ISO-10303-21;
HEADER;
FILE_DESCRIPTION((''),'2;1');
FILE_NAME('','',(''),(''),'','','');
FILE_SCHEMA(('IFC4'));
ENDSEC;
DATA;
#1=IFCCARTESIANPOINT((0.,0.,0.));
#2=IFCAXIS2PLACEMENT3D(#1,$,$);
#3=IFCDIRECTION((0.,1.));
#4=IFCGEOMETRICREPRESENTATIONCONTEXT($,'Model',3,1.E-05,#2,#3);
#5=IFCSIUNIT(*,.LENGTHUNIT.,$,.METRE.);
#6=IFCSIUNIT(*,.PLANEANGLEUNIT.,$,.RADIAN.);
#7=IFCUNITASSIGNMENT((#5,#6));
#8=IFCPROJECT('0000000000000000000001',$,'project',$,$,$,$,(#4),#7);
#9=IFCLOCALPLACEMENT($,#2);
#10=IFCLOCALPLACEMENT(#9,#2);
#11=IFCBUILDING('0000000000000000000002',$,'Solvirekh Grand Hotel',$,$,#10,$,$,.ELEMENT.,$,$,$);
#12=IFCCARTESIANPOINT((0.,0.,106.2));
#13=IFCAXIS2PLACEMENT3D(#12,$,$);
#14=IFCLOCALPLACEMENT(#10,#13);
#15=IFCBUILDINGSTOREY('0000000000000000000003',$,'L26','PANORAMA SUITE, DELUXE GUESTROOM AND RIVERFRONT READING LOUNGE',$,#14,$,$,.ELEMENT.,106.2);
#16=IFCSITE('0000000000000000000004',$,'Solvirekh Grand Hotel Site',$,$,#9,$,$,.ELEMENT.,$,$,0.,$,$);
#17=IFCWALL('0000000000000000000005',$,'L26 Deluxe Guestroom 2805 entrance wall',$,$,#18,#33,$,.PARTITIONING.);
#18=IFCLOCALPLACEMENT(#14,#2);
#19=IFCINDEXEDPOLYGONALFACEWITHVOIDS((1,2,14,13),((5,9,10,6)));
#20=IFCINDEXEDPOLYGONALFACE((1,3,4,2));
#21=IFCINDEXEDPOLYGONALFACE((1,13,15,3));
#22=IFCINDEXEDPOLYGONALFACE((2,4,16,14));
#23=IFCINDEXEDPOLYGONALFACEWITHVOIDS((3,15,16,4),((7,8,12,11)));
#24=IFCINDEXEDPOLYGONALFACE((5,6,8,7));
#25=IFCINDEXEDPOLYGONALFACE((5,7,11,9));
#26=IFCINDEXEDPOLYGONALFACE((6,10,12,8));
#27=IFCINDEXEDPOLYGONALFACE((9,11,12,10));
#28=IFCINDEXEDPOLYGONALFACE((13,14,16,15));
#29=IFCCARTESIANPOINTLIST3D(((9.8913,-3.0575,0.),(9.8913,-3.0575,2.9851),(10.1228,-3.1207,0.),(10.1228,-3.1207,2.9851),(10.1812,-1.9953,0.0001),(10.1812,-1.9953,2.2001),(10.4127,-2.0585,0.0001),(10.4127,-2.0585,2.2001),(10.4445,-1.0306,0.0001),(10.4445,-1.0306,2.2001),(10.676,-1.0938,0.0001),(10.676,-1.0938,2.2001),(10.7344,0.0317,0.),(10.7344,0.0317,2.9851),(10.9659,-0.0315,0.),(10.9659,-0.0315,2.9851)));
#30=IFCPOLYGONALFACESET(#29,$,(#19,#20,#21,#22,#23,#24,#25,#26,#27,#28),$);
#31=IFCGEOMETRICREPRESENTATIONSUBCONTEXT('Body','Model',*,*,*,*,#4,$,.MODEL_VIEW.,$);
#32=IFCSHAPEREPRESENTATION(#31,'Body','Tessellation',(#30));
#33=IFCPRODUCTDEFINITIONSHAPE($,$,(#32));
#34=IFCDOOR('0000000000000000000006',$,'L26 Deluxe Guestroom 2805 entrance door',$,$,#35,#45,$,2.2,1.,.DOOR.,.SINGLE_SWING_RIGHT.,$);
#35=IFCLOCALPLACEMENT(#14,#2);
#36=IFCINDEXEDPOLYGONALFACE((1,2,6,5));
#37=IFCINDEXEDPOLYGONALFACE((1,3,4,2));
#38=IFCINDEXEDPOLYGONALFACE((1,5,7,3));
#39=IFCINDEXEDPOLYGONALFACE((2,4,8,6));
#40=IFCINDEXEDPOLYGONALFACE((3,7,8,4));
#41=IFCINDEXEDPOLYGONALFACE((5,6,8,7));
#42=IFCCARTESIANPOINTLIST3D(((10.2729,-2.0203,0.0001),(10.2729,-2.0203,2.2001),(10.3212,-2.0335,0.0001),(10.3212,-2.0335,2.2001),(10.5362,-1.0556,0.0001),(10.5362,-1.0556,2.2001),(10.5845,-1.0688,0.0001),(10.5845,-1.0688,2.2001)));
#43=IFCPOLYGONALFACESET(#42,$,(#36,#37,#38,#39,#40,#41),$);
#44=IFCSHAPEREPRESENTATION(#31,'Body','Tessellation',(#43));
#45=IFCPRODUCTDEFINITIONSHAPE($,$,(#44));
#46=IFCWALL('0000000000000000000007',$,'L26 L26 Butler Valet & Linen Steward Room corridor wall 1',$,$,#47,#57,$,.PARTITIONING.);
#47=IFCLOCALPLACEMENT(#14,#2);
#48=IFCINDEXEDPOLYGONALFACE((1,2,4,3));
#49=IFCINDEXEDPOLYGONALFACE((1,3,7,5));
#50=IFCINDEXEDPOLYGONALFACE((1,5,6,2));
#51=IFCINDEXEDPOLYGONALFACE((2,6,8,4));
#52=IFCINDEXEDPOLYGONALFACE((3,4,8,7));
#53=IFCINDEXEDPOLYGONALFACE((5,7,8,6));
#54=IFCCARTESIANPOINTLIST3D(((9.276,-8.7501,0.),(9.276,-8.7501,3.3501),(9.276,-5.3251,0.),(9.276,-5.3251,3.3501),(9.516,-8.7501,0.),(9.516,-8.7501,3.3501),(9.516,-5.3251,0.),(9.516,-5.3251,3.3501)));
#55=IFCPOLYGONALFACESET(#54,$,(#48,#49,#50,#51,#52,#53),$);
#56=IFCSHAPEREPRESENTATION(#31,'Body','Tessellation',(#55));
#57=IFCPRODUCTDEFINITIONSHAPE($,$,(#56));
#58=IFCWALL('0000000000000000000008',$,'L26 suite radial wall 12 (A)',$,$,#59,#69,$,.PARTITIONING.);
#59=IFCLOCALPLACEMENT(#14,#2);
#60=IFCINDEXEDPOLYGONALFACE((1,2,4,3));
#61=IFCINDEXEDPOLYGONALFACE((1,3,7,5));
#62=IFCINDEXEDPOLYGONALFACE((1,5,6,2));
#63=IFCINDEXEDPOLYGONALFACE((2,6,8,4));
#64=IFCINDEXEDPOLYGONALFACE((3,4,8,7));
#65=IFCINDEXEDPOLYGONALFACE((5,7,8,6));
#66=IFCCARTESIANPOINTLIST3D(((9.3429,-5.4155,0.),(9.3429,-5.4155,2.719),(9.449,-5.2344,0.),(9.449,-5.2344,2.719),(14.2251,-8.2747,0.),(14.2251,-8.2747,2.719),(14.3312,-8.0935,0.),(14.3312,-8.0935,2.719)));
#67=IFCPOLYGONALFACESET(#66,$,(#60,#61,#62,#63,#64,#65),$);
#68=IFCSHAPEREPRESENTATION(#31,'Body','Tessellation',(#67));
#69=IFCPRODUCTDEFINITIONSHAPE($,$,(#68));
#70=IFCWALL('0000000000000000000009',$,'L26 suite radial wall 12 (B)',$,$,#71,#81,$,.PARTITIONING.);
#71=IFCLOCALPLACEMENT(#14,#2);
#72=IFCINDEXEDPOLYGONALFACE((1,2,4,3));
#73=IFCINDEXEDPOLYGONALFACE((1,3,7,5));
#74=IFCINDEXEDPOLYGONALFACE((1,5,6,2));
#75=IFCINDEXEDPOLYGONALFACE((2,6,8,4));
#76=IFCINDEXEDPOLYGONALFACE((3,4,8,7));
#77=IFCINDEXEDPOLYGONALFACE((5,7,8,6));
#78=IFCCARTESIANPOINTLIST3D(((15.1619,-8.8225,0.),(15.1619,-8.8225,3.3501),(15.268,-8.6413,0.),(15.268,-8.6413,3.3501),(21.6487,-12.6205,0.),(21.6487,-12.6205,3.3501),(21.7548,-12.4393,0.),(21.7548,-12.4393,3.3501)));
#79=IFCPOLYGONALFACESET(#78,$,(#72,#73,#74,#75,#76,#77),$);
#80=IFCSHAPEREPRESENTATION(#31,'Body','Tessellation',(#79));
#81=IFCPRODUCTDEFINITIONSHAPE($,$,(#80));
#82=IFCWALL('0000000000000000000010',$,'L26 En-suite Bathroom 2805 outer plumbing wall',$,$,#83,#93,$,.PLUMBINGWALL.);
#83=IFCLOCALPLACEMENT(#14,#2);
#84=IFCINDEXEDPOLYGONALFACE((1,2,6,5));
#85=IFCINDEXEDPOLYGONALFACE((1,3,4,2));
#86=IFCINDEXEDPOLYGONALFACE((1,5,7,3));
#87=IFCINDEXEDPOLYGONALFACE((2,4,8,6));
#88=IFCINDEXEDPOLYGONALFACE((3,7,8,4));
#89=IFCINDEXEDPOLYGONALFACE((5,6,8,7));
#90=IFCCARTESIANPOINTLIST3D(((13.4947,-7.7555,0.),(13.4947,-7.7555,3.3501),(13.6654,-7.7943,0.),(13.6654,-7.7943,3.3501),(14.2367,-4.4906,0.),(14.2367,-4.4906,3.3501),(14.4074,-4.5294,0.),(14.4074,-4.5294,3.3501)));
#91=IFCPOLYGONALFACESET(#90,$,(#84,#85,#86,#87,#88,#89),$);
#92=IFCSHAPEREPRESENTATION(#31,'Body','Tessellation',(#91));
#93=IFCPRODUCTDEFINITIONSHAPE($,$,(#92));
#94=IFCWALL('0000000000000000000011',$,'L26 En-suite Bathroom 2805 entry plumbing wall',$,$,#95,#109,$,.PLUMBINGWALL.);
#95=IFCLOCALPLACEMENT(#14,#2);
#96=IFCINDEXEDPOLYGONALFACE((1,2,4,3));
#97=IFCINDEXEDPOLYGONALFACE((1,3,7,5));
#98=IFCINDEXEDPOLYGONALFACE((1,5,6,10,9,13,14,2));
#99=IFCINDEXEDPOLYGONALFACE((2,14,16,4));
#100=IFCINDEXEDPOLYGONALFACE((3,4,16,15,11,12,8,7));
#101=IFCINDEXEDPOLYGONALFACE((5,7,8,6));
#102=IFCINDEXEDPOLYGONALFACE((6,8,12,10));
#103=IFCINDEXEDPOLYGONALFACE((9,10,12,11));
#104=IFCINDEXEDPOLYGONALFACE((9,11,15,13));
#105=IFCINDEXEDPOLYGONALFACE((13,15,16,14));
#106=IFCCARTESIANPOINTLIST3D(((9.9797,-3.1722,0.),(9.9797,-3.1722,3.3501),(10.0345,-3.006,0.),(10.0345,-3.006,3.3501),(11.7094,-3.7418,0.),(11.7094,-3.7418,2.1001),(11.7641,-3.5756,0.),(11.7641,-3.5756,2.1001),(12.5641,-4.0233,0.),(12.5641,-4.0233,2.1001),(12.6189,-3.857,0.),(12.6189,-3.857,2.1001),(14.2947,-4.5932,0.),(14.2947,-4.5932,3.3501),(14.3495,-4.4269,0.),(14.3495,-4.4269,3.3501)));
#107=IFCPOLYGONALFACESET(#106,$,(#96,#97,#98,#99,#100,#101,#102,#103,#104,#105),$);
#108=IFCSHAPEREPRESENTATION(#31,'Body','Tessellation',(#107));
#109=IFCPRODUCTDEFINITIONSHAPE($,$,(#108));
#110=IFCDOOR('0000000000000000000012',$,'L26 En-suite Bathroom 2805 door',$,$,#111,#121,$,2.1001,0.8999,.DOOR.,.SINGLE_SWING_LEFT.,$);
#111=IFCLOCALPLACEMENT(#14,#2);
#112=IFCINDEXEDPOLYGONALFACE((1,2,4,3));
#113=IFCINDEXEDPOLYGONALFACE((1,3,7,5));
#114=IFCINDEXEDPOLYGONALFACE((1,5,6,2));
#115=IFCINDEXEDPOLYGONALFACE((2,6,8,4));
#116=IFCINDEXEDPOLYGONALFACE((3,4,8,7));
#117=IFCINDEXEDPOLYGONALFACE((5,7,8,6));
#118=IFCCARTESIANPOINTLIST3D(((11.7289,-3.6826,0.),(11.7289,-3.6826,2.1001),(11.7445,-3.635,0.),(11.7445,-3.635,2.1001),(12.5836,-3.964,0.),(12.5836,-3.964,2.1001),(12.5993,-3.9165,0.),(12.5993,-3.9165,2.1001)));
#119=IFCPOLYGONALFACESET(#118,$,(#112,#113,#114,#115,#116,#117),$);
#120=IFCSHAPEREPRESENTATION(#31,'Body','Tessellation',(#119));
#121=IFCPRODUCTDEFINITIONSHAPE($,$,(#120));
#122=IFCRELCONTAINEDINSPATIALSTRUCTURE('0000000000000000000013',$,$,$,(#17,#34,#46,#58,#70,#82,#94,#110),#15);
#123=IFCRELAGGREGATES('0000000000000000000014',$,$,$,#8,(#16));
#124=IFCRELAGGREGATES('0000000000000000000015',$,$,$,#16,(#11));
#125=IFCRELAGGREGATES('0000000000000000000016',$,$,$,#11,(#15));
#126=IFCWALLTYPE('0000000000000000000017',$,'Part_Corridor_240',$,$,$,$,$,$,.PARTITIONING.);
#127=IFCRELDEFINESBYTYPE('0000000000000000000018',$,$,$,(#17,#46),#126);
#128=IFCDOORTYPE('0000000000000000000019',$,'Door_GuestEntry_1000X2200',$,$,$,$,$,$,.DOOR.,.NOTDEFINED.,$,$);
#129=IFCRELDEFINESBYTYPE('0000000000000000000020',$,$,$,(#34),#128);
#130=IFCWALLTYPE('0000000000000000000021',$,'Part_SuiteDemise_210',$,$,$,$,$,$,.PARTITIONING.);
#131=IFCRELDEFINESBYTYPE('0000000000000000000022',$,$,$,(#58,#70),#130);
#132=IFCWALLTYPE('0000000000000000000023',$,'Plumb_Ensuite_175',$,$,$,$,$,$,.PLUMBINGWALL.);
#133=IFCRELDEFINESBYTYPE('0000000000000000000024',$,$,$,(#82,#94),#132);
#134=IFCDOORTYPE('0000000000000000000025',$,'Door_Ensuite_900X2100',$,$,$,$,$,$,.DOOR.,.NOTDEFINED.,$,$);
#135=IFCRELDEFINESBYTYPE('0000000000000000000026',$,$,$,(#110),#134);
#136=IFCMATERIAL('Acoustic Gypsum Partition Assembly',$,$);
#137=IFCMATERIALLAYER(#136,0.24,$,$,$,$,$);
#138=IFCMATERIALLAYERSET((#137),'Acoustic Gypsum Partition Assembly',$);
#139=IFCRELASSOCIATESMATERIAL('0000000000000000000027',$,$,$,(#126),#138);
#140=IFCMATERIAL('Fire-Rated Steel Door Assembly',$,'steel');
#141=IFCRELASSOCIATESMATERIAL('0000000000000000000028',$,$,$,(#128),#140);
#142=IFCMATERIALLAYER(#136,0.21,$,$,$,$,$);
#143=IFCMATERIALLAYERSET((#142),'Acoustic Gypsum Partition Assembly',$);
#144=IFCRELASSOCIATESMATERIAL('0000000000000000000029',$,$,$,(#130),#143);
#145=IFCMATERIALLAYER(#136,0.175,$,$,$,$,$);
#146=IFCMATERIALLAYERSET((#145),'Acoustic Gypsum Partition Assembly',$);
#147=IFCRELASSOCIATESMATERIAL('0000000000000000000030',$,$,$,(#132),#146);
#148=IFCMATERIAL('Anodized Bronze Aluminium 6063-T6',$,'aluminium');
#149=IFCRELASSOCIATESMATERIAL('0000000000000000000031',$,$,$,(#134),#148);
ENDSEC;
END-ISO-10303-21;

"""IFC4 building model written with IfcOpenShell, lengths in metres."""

from ifc_helpers import new_model, si_unit, direction, frame, frame_2d, origin, place, context, subcontext, project, spatial, rectangle, extrude, material, layer, layer_set, type_object, element, fill, save


model = new_model("IFC4")

# Units and contexts
model_context = context("Model", 3, precision=1e-05, world=origin(), true_north=direction((0.0, 1.0)))
body_context = subcontext(model_context, "Body", "Model", "MODEL_VIEW")
ifc_project = project(units=[si_unit("LENGTHUNIT", "METRE"), si_unit("PLANEANGLEUNIT", "RADIAN")], contexts=[model_context])

# Site, building, storey
site_placement = place(None, origin())
site = spatial("IfcSite", under=ifc_project, at=site_placement, Name="Solvirekh Grand Hotel Site", CompositionType="ELEMENT", RefElevation=0.0)
building_placement = place(site_placement, origin())
building = spatial("IfcBuilding", under=site, at=building_placement, Name="Solvirekh Grand Hotel", CompositionType="ELEMENT")
storey_placement = place(building_placement, frame((0.0, 0.0, 106.2)))
storey = spatial("IfcBuildingStorey", under=building, at=storey_placement, Name="L26", Description="PANORAMA SUITE, DELUXE GUESTROOM AND RIVERFRONT READING LOUNGE", CompositionType="ELEMENT", Elevation=106.2)

# Shared definitions
ifc_material_1 = material(Name="Anodized Bronze Aluminium 6063-T6", Category="aluminium")

# Shared definitions
ifc_material_2 = material(Name="Acoustic Gypsum Partition Assembly")
ifc_layer_1 = layer(ifc_material_2, 0.24)
ifc_layer_set_1 = layer_set([ifc_layer_1], Name="Acoustic Gypsum Partition Assembly")
wall_type_1 = type_object("IfcWallType", Name="Part_Corridor_240", PredefinedType="PARTITIONING", material=ifc_layer_set_1)
ifc_material_3 = material(Name="Fire-Rated Steel Door Assembly", Category="steel")

# Wall, opening, door
wall_1_placement = place(storey_placement, frame((10.0071, -3.0891, 0.0), z_axis=(0.0, 0.0, 1.0), x_axis=(0.263272, 0.964722, 0.0)))
wall_1 = element("IfcWall", 1, at=wall_1_placement, inside=storey, type_object=wall_type_1, Name="L26 Deluxe Guestroom 2805 entrance wall", PredefinedType="PARTITIONING", context=body_context, shape_type="SweptSolid", body=[
    extrude(rectangle(XDim=3.2021, YDim=0.24, at=frame_2d((1.6011, 0.0))), origin(), (0.0, 0.0, 1.0), 2.9851),
])
opening_1_placement = place(wall_1_placement, frame((1.1011, 0.0, 0.0)))
opening_1 = element("IfcOpeningElement", 2, at=opening_1_placement, cuts=wall_1, PredefinedType="OPENING", context=body_context, shape_type="SweptSolid", body=[
    extrude(rectangle(XDim=1.0, YDim=2.2, at=frame_2d((0.5, 1.1001))), frame((0.0, 0.1299, 0.0), z_axis=(0.0, -1.0, 0.0), x_axis=(1.0, 0.0, 0.0)), (0.0, 0.0, 1.0), 0.26),
])
door_type_1 = type_object("IfcDoorType", Name="Door_GuestEntry_1000X2200", OperationType="NOTDEFINED", PredefinedType="DOOR", material=ifc_material_3)
door_1_placement = place(opening_1_placement, origin())
door_1 = element("IfcDoor", 3, at=door_1_placement, inside=storey, type_object=door_type_1, Name="L26 Deluxe Guestroom 2805 entrance door", OperationType="SINGLE_SWING_RIGHT", OverallHeight=2.2, OverallWidth=1.0, PredefinedType="DOOR", context=body_context, shape_type="SweptSolid", body=[
    extrude(rectangle(XDim=1.0, YDim=2.2, at=frame_2d((0.5, 1.1001))), frame((0.0, 0.0249, 0.0), z_axis=(0.0, -1.0, 0.0), x_axis=(1.0, 0.0, 0.0)), (0.0, 0.0, 1.0), 0.05),
])
fill(opening_1, door_1)

# Walls
wall_2_placement = place(storey_placement, frame((9.396, -8.75, 0.0), z_axis=(0.0, 0.0, 1.0), x_axis=(0.0, 1.0, 0.0)))
element("IfcWall", 4, at=wall_2_placement, inside=storey, type_object=wall_type_1, Name="L26 L26 Butler Valet & Linen Steward Room corridor wall 1", PredefinedType="PARTITIONING", context=body_context, shape_type="SweptSolid", body=[
    extrude(rectangle(XDim=3.425, YDim=0.24, at=frame_2d((1.7124, 0.0))), origin(), (0.0, 0.0, 1.0), 3.3501),
])
ifc_layer_2 = layer(ifc_material_2, 0.21)
ifc_layer_set_2 = layer_set([ifc_layer_2], Name="Acoustic Gypsum Partition Assembly")
wall_type_2 = type_object("IfcWallType", Name="Part_SuiteDemise_210", PredefinedType="PARTITIONING", material=ifc_layer_set_2)
wall_3_placement = place(storey_placement, frame((9.396, -5.325, 0.0), z_axis=(0.0, 0.0, 1.0), x_axis=(0.862912, -0.505354, 0.0)))
element("IfcWall", 5, at=wall_3_placement, inside=storey, type_object=wall_type_2, Name="L26 suite radial wall 12 (A)", PredefinedType="PARTITIONING", context=body_context, shape_type="SweptSolid", body=[
    extrude(rectangle(XDim=5.6577, YDim=0.21, at=frame_2d((2.8289, 0.0))), origin(), (0.0, 0.0, 1.0), 2.719),
])
wall_4_placement = place(storey_placement, frame((15.2151, -8.7319, 0.0), z_axis=(0.0, 0.0, 1.0), x_axis=(0.86296, -0.505272, 0.0)))
element("IfcWall", 6, at=wall_4_placement, inside=storey, type_object=wall_type_2, Name="L26 suite radial wall 12 (B)", PredefinedType="PARTITIONING", context=body_context, shape_type="SweptSolid", body=[
    extrude(rectangle(XDim=7.5168, YDim=0.21, at=frame_2d((3.7583, 0.0))), origin(), (0.0, 0.0, 1.0), 3.3501),
])
ifc_layer_3 = layer(ifc_material_2, 0.175)
ifc_layer_set_3 = layer_set([ifc_layer_3], Name="Acoustic Gypsum Partition Assembly")
wall_type_3 = type_object("IfcWallType", Name="Plumb_Ensuite_175", PredefinedType="PLUMBINGWALL", material=ifc_layer_set_3)
wall_5_placement = place(storey_placement, frame((13.5801, -7.7749, 0.0), z_axis=(0.0, 0.0, 1.0), x_axis=(0.221599, 0.975138, 0.0)))
element("IfcWall", 7, at=wall_5_placement, inside=storey, type_object=wall_type_3, Name="L26 En-suite Bathroom 2805 outer plumbing wall", PredefinedType="PLUMBINGWALL", context=body_context, shape_type="SweptSolid", body=[
    extrude(rectangle(XDim=3.3481, YDim=0.175, at=frame_2d((1.6741, 0.0))), origin(), (0.0, 0.0, 1.0), 3.3501),
])

# Wall, opening, door
wall_6_placement = place(storey_placement, frame((10.0071, -3.0891, 0.0), z_axis=(0.0, 0.0, 1.0), x_axis=(0.949827, -0.312775, 0.0)))
wall_6 = element("IfcWall", 8, at=wall_6_placement, inside=storey, type_object=wall_type_3, Name="L26 En-suite Bathroom 2805 entry plumbing wall", PredefinedType="PLUMBINGWALL", context=body_context, shape_type="SweptSolid", body=[
    extrude(rectangle(XDim=4.543, YDim=0.175, at=frame_2d((2.2715, 0.0))), origin(), (0.0, 0.0, 1.0), 3.3501),
])
opening_2_placement = place(wall_6_placement, frame((1.821, 0.0, 0.0)))
opening_2 = element("IfcOpeningElement", 9, at=opening_2_placement, cuts=wall_6, PredefinedType="OPENING", context=body_context, shape_type="SweptSolid", body=[
    extrude(rectangle(XDim=0.8999, YDim=2.1001, at=frame_2d((0.45, 1.05))), frame((0.0, 0.0977, 0.0), z_axis=(0.0, -1.0, 0.0), x_axis=(1.0, 0.0, 0.0)), (0.0, 0.0, 1.0), 0.1951),
])
door_type_2 = type_object("IfcDoorType", Name="Door_Ensuite_900X2100", OperationType="NOTDEFINED", PredefinedType="DOOR", material=ifc_material_1)
door_2_placement = place(opening_2_placement, origin())
door_2 = element("IfcDoor", 10, at=door_2_placement, inside=storey, type_object=door_type_2, Name="L26 En-suite Bathroom 2805 door", OperationType="SINGLE_SWING_LEFT", OverallHeight=2.1001, OverallWidth=0.8999, PredefinedType="DOOR", context=body_context, shape_type="SweptSolid", body=[
    extrude(rectangle(XDim=0.8999, YDim=2.1001, at=frame_2d((0.45, 1.05))), frame((0.0, 0.0249, 0.0), z_axis=(0.0, -1.0, 0.0), x_axis=(1.0, 0.0, 0.0)), (0.0, 0.0, 1.0), 0.05),
])
fill(opening_2, door_2)

save(model, "model.ifc")
